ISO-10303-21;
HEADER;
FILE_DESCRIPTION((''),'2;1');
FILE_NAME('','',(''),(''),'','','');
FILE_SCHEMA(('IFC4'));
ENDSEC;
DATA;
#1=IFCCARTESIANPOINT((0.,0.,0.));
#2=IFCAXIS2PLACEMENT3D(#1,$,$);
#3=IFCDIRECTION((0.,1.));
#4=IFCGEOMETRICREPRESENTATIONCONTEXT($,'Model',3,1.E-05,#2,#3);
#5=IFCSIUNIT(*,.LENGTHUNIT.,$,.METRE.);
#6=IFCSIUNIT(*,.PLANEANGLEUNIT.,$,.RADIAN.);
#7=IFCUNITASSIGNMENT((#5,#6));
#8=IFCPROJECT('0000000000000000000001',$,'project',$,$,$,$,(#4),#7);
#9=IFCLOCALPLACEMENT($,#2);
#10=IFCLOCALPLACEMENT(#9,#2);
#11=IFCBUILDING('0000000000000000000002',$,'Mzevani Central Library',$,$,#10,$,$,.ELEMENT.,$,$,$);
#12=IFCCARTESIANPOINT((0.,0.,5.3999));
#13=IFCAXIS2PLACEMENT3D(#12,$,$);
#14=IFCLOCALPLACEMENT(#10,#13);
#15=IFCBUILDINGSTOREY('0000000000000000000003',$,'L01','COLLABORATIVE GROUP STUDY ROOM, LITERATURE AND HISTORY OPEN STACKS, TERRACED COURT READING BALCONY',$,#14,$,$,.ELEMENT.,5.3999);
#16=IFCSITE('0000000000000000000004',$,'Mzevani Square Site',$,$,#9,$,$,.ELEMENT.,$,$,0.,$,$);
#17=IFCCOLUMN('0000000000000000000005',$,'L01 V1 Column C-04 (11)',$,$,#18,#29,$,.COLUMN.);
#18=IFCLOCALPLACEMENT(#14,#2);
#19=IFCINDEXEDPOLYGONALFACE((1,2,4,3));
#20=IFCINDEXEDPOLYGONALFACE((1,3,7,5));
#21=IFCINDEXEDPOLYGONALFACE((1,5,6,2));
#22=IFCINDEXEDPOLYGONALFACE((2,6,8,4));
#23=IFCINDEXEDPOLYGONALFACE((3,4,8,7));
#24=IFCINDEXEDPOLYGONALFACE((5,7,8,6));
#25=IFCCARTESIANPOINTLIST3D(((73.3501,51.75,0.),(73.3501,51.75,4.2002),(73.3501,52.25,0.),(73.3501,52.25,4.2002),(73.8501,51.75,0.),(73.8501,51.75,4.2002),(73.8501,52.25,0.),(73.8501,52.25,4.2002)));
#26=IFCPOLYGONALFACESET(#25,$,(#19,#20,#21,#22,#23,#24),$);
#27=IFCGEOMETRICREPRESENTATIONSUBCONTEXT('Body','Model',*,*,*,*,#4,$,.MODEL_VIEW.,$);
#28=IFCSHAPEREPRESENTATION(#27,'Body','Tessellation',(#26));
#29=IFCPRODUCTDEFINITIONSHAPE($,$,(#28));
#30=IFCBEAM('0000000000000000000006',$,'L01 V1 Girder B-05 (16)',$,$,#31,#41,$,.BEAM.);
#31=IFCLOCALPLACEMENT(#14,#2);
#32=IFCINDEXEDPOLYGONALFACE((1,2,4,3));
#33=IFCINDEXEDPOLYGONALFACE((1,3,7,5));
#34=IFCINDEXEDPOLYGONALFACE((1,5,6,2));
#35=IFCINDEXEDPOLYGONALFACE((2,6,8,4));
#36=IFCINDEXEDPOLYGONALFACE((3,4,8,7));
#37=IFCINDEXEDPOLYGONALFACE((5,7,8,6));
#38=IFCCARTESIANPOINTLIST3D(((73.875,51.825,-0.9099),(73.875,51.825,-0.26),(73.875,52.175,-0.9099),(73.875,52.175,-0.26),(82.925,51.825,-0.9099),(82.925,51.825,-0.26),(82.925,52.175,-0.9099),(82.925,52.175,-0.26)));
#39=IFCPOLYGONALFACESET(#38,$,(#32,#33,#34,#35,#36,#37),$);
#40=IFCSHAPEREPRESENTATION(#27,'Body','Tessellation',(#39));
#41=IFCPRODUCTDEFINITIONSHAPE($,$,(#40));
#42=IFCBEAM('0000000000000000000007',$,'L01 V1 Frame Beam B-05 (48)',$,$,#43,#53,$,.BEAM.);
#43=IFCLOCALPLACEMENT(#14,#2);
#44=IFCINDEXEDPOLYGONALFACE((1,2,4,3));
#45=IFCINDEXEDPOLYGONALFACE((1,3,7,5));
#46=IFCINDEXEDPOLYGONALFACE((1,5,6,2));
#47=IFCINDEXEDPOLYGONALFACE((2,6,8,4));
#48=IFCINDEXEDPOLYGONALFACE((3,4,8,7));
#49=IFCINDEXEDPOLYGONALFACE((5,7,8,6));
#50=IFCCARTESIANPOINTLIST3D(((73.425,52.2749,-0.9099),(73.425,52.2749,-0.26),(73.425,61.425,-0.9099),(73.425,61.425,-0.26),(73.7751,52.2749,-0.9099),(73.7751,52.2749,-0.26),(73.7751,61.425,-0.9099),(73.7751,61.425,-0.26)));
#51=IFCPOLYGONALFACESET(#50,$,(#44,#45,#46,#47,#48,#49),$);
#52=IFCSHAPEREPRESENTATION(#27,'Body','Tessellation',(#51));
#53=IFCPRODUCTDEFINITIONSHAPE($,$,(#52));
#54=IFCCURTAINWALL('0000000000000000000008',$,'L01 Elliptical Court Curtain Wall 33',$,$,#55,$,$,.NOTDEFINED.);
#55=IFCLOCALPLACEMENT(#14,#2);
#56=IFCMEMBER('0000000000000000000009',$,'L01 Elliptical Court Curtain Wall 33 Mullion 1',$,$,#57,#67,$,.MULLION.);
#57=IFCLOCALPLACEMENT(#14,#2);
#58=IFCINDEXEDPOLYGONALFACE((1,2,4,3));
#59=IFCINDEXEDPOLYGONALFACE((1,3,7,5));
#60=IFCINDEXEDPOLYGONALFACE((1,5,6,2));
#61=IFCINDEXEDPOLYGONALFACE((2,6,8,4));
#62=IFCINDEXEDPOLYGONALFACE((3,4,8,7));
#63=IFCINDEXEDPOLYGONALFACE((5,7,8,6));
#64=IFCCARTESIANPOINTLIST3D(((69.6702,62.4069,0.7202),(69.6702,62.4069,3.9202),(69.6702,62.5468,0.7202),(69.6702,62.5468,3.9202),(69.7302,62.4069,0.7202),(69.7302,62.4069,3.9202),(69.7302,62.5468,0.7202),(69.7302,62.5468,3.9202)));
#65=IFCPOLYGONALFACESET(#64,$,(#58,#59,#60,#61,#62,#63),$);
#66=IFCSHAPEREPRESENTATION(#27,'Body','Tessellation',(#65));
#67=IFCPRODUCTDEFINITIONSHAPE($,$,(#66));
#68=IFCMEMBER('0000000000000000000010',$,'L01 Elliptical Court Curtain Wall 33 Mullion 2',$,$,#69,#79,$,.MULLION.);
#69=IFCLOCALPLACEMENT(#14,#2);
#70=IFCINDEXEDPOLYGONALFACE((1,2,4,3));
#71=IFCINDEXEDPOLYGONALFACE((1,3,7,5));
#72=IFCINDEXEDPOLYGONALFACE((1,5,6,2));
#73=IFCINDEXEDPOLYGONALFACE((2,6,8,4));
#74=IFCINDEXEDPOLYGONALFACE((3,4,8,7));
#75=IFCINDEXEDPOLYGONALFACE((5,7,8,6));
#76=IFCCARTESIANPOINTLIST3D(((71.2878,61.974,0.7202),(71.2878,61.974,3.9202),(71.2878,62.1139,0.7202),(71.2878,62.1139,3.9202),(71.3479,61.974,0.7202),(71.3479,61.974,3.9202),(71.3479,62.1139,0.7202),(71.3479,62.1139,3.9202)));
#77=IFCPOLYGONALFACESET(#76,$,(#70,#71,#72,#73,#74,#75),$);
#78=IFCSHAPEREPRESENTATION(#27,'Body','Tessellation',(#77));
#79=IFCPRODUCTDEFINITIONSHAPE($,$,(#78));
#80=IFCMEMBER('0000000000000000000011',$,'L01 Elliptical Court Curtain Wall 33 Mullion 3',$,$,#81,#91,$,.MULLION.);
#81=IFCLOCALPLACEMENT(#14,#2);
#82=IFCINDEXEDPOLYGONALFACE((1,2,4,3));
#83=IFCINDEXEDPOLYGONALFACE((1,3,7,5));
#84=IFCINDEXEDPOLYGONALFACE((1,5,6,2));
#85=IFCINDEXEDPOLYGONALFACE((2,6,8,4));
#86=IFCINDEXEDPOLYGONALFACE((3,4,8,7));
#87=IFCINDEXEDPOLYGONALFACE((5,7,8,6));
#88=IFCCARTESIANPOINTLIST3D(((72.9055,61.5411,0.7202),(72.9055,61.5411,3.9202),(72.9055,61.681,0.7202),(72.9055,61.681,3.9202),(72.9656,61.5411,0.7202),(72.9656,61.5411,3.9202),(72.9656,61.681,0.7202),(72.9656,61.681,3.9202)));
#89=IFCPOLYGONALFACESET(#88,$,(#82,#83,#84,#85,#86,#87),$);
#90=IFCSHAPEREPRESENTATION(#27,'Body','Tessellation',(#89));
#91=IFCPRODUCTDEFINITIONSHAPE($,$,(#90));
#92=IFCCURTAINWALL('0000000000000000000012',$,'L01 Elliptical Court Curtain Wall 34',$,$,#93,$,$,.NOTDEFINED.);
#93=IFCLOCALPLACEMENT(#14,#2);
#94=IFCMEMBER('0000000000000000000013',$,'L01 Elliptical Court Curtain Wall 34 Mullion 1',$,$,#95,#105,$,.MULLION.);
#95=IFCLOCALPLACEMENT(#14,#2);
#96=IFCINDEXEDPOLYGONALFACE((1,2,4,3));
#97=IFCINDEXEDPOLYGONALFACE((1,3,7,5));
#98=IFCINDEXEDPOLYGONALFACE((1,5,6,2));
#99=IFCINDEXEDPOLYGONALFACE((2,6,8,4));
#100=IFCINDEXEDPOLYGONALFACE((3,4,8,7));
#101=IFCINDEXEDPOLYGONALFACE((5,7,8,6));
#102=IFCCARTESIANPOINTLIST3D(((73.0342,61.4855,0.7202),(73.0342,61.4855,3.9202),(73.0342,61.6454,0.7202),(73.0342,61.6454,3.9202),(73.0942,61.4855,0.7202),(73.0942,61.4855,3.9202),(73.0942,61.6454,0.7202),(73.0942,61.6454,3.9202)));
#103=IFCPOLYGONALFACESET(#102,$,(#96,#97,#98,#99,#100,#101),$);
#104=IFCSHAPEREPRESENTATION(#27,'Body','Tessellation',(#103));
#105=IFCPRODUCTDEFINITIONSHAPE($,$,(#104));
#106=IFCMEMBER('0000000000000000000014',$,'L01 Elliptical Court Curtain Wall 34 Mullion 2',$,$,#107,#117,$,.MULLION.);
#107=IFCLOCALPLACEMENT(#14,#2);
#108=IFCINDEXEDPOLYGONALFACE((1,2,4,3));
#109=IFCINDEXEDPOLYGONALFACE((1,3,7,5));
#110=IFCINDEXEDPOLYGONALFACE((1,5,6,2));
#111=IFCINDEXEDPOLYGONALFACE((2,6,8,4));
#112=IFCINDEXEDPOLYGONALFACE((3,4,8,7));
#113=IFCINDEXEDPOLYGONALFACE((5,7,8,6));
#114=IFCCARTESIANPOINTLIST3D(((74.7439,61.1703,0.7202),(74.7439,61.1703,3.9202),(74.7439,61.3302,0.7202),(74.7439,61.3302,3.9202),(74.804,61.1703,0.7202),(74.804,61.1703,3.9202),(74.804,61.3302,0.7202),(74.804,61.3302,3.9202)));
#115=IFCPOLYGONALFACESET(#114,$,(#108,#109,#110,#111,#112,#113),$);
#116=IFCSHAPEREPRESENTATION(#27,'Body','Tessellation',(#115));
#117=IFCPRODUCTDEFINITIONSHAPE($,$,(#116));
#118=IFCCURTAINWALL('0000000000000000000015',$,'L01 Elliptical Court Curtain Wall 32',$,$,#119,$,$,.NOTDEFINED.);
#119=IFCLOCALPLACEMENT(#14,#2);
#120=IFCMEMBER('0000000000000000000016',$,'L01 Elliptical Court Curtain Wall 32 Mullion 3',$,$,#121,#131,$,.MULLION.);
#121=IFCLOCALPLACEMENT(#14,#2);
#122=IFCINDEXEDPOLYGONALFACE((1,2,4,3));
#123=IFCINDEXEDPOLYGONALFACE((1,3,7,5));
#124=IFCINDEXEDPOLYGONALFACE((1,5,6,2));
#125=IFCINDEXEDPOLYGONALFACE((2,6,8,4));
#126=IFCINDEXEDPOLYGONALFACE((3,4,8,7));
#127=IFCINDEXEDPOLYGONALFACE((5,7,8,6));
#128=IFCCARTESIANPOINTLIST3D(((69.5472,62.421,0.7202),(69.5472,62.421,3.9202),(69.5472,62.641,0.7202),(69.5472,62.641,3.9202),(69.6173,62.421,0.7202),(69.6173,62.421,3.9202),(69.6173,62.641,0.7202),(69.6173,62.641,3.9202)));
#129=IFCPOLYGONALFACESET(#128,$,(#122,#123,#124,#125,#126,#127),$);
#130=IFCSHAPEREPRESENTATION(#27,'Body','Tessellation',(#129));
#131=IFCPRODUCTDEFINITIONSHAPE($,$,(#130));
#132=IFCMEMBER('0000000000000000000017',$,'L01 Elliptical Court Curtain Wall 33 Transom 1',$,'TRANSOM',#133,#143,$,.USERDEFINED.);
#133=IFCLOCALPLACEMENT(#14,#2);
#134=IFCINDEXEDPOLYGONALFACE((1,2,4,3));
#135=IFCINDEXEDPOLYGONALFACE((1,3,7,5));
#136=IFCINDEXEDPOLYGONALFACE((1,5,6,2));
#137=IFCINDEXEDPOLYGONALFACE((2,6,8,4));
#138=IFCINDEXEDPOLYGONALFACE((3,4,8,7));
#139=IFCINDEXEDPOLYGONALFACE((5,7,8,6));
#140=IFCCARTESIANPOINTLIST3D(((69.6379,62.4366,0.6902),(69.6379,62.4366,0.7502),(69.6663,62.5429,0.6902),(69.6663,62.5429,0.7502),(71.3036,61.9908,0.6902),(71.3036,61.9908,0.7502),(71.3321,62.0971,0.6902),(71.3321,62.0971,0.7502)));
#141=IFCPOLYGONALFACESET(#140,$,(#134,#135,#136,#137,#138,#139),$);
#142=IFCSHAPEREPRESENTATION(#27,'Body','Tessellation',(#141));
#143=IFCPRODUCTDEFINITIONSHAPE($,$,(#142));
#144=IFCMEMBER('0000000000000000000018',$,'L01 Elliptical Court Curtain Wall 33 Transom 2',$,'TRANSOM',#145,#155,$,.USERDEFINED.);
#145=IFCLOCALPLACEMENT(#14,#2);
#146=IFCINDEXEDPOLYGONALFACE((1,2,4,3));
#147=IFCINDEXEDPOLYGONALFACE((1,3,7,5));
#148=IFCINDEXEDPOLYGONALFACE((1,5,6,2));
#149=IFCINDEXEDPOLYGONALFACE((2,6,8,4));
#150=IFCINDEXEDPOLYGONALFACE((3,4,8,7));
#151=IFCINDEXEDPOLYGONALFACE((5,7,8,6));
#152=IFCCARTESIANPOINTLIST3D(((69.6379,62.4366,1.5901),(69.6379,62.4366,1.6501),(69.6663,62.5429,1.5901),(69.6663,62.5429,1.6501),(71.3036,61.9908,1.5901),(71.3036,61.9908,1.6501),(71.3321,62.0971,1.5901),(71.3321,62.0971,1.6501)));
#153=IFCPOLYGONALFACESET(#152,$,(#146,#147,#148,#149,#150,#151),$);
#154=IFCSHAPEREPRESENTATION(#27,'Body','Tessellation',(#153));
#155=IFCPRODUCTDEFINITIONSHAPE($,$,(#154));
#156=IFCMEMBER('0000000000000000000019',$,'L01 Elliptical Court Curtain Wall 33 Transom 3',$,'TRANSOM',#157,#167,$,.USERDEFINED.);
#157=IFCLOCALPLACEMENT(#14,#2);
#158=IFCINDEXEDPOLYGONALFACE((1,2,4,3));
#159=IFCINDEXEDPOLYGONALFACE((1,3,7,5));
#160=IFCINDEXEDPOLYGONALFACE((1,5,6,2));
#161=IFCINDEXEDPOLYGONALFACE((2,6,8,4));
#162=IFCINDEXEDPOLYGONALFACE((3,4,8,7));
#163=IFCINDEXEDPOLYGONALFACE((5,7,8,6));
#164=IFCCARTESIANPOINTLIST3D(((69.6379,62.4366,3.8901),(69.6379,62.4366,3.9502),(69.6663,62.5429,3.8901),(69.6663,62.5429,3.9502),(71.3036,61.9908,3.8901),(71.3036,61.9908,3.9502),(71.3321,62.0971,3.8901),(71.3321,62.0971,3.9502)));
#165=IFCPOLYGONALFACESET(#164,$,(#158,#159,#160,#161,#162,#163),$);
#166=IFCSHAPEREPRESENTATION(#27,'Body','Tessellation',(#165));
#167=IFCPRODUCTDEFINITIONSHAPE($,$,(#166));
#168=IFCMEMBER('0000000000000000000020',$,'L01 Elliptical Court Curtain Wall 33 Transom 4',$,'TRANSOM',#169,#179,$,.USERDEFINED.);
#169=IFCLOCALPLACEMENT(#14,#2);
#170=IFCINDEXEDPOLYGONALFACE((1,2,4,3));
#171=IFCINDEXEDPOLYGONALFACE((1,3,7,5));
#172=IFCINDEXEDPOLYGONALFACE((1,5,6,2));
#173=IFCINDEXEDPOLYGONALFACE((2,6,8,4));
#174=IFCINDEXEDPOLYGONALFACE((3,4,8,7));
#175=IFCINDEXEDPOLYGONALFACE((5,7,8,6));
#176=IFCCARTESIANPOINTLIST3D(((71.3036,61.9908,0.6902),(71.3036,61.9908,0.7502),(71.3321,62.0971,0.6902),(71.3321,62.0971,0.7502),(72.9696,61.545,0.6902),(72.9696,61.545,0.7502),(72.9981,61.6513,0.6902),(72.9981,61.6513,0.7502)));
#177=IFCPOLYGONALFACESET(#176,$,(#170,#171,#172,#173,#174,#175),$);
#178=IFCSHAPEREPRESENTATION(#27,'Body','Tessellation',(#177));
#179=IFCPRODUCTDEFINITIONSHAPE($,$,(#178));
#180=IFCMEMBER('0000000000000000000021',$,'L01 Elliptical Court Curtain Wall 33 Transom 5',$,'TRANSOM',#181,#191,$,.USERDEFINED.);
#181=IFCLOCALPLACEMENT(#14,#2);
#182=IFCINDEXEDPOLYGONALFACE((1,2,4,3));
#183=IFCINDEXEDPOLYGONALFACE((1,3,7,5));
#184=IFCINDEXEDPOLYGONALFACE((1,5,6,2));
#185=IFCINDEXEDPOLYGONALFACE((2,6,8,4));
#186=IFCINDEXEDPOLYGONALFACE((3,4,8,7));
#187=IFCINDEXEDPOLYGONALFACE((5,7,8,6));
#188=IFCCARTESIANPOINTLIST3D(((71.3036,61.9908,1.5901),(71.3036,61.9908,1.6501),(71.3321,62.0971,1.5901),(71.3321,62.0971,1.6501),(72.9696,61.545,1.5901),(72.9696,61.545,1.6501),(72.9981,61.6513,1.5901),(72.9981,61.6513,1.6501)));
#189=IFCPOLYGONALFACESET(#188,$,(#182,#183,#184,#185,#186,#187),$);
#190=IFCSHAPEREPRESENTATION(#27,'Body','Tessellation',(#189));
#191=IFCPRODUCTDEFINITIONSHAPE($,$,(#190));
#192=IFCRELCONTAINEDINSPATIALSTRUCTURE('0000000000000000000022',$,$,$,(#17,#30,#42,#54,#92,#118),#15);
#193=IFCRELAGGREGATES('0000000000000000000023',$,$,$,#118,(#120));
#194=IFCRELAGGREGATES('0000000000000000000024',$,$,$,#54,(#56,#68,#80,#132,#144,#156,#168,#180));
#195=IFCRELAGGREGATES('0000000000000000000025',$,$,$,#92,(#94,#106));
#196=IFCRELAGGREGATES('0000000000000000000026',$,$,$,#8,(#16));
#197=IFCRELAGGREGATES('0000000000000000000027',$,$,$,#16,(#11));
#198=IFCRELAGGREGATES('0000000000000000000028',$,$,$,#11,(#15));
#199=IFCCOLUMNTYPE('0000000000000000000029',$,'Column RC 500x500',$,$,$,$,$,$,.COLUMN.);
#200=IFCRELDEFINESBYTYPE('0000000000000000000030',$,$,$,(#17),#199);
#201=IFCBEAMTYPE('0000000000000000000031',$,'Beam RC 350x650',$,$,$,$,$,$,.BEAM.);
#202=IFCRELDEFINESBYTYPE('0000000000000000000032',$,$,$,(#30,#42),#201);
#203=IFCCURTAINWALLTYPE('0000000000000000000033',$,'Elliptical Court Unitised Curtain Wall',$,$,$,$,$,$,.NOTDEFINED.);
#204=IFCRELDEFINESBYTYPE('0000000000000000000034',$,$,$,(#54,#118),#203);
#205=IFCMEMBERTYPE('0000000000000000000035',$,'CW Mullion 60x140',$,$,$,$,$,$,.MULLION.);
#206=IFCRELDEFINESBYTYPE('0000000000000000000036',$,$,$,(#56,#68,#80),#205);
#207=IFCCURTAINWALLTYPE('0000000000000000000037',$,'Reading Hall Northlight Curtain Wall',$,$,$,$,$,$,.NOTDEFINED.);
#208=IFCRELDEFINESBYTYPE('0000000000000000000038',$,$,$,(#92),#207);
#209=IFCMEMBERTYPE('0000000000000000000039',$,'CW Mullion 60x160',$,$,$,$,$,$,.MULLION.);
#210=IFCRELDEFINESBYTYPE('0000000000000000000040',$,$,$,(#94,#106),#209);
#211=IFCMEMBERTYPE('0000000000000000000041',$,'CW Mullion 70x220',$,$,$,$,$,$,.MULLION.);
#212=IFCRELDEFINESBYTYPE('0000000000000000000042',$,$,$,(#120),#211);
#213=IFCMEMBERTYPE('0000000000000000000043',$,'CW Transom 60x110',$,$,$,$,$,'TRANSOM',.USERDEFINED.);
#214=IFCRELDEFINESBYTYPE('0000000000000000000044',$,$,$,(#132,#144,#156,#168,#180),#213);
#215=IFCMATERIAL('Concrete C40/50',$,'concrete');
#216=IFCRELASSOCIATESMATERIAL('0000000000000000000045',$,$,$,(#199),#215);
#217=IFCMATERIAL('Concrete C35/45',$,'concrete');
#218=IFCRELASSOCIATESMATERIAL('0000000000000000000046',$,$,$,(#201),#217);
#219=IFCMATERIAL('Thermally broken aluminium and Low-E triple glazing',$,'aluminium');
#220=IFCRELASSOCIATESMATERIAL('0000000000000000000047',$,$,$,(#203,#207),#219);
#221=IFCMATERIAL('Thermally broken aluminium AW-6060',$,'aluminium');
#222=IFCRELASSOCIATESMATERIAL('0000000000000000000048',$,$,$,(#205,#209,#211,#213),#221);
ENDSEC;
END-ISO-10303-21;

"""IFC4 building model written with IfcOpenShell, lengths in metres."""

from ifc_helpers import new_model, si_unit, direction, frame, origin, origin_2d, place, context, subcontext, project, spatial, rectangle, extrude, material, material_profile, profile_set, type_object, element, aggregate, save


model = new_model("IFC4")

# Units and contexts
model_context = context("Model", 3, precision=1e-05, world=origin(), true_north=direction((0.0, 1.0)))
body_context = subcontext(model_context, "Body", "Model", "MODEL_VIEW")
ifc_project = project(units=[si_unit("LENGTHUNIT", "METRE"), si_unit("PLANEANGLEUNIT", "RADIAN")], contexts=[model_context])

# Site, building, storey
site_placement = place(None, origin())
site = spatial("IfcSite", under=ifc_project, at=site_placement, Name="Mzevani Square Site", CompositionType="ELEMENT", RefElevation=0.0)
building_placement = place(site_placement, origin())
building = spatial("IfcBuilding", under=site, at=building_placement, Name="Mzevani Central Library", CompositionType="ELEMENT")
storey_placement = place(building_placement, frame((0.0, 0.0, 5.3999)))
storey = spatial("IfcBuildingStorey", under=building, at=storey_placement, Name="L01", Description="COLLABORATIVE GROUP STUDY ROOM, LITERATURE AND HISTORY OPEN STACKS, TERRACED COURT READING BALCONY", CompositionType="ELEMENT", Elevation=5.3999)

# Column
ifc_material_1 = material(Name="Concrete C40/50", Category="concrete")
ifc_material_profile_1 = material_profile(ifc_material_1, rectangle(XDim=0.5, YDim=0.5, at=origin_2d()), Name="RC 500x500")
ifc_profile_set_1 = profile_set([ifc_material_profile_1], Name="Concrete C40/50")
column_type = type_object("IfcColumnType", Name="Column RC 500x500", PredefinedType="COLUMN", material=ifc_profile_set_1)
column_placement = place(storey_placement, frame((73.6001, 52.0, 0.0), z_axis=(0.0, 0.0, 1.0), x_axis=(1.0, 0.0, 0.0)))
element("IfcColumn", 1, at=column_placement, inside=storey, type_object=column_type, Name="L01 V1 Column C-04 (11)", PredefinedType="COLUMN", context=body_context, shape_type="SweptSolid", body=[
    extrude(rectangle(XDim=0.5, YDim=0.5, at=origin_2d()), origin(), (0.0, 0.0, 1.0), 4.2002),
])

# Beams
ifc_material_2 = material(Name="Concrete C35/45", Category="concrete")
ifc_material_profile_2 = material_profile(ifc_material_2, rectangle(XDim=0.3501, YDim=0.6499, at=origin_2d()), Name="RC B350x650")
ifc_profile_set_2 = profile_set([ifc_material_profile_2], Name="Concrete C35/45")
beam_type = type_object("IfcBeamType", Name="Beam RC 350x650", PredefinedType="BEAM", material=ifc_profile_set_2)
beam_1_placement = place(storey_placement, frame((73.875, 52.0, -0.585), z_axis=(1.0, 0.0, 0.0), x_axis=(0.0, 1.0, 0.0)))
element("IfcBeam", 2, at=beam_1_placement, inside=storey, type_object=beam_type, Name="L01 V1 Girder B-05 (16)", PredefinedType="BEAM", context=body_context, shape_type="SweptSolid", body=[
    extrude(rectangle(XDim=0.3501, YDim=0.6499, at=origin_2d()), origin(), (0.0, 0.0, 1.0), 9.05),
])
beam_2_placement = place(storey_placement, frame((73.6001, 52.2749, -0.585), z_axis=(0.0, 1.0, 0.0), x_axis=(-1.0, 0.0, 0.0)))
element("IfcBeam", 3, at=beam_2_placement, inside=storey, type_object=beam_type, Name="L01 V1 Frame Beam B-05 (48)", PredefinedType="BEAM", context=body_context, shape_type="SweptSolid", body=[
    extrude(rectangle(XDim=0.3501, YDim=0.6499, at=origin_2d()), origin(), (0.0, 0.0, 1.0), 9.1501),
])

# Curtain walls, members
ifc_material_3 = material(Name="Thermally broken aluminium and Low-E triple glazing", Category="aluminium")
curtain_wall_type_1 = type_object("IfcCurtainWallType", Name="Elliptical Court Unitised Curtain Wall", PredefinedType="NOTDEFINED", material=ifc_material_3)
curtain_wall_1_placement = place(storey_placement, origin())
curtain_wall_1 = element("IfcCurtainWall", 4, at=curtain_wall_1_placement, inside=storey, type_object=curtain_wall_type_1, Name="L01 Elliptical Court Curtain Wall 33", PredefinedType="NOTDEFINED")
ifc_material_4 = material(Name="Thermally broken aluminium AW-6060", Category="aluminium")
ifc_material_profile_3 = material_profile(ifc_material_4, rectangle(XDim=0.0601, YDim=0.1399, at=origin_2d()), Name="ALU M60x140")
ifc_profile_set_3 = profile_set([ifc_material_profile_3], Name="Thermally broken aluminium AW-6060")
member_type_1 = type_object("IfcMemberType", Name="CW Mullion 60x140", PredefinedType="MULLION", material=ifc_profile_set_3)
member_1_placement = place(storey_placement, frame((69.7002, 62.4768, 0.7202), z_axis=(0.0, 0.0, 1.0), x_axis=(1.0, 0.0, 0.0)))
member_1 = element("IfcMember", 5, at=member_1_placement, type_object=member_type_1, Name="L01 Elliptical Court Curtain Wall 33 Mullion 1", PredefinedType="MULLION", context=body_context, shape_type="SweptSolid", body=[
    extrude(rectangle(XDim=0.0601, YDim=0.1399, at=origin_2d()), origin(), (0.0, 0.0, 1.0), 3.2),
])
member_2_placement = place(storey_placement, frame((71.3179, 62.0439, 0.7202), z_axis=(0.0, 0.0, 1.0), x_axis=(1.0, 0.0, 0.0)))
member_2 = element("IfcMember", 6, at=member_2_placement, type_object=member_type_1, Name="L01 Elliptical Court Curtain Wall 33 Mullion 2", PredefinedType="MULLION", context=body_context, shape_type="SweptSolid", body=[
    extrude(rectangle(XDim=0.0601, YDim=0.1399, at=origin_2d()), origin(), (0.0, 0.0, 1.0), 3.2),
])
member_3_placement = place(storey_placement, frame((72.9355, 61.6111, 0.7202), z_axis=(0.0, 0.0, 1.0), x_axis=(1.0, 0.0, 0.0)))
member_3 = element("IfcMember", 7, at=member_3_placement, type_object=member_type_1, Name="L01 Elliptical Court Curtain Wall 33 Mullion 3", PredefinedType="MULLION", context=body_context, shape_type="SweptSolid", body=[
    extrude(rectangle(XDim=0.0601, YDim=0.1399, at=origin_2d()), origin(), (0.0, 0.0, 1.0), 3.2),
])
curtain_wall_type_2 = type_object("IfcCurtainWallType", Name="Reading Hall Northlight Curtain Wall", PredefinedType="NOTDEFINED", material=ifc_material_3)
curtain_wall_2_placement = place(storey_placement, origin())
curtain_wall_2 = element("IfcCurtainWall", 8, at=curtain_wall_2_placement, inside=storey, type_object=curtain_wall_type_2, Name="L01 Elliptical Court Curtain Wall 34", PredefinedType="NOTDEFINED")
ifc_material_profile_4 = material_profile(ifc_material_4, rectangle(XDim=0.0601, YDim=0.1599, at=origin_2d()), Name="ALU M60x160")
ifc_profile_set_4 = profile_set([ifc_material_profile_4], Name="Thermally broken aluminium AW-6060")
member_type_2 = type_object("IfcMemberType", Name="CW Mullion 60x160", PredefinedType="MULLION", material=ifc_profile_set_4)
member_4_placement = place(storey_placement, frame((73.0642, 61.5654, 0.7202), z_axis=(0.0, 0.0, 1.0), x_axis=(1.0, 0.0, 0.0)))
member_4 = element("IfcMember", 9, at=member_4_placement, type_object=member_type_2, Name="L01 Elliptical Court Curtain Wall 34 Mullion 1", PredefinedType="MULLION", context=body_context, shape_type="SweptSolid", body=[
    extrude(rectangle(XDim=0.0601, YDim=0.1599, at=origin_2d()), origin(), (0.0, 0.0, 1.0), 3.2),
])
member_5_placement = place(storey_placement, frame((74.7739, 61.2502, 0.7202), z_axis=(0.0, 0.0, 1.0), x_axis=(1.0, 0.0, 0.0)))
member_5 = element("IfcMember", 10, at=member_5_placement, type_object=member_type_2, Name="L01 Elliptical Court Curtain Wall 34 Mullion 2", PredefinedType="MULLION", context=body_context, shape_type="SweptSolid", body=[
    extrude(rectangle(XDim=0.0601, YDim=0.1599, at=origin_2d()), origin(), (0.0, 0.0, 1.0), 3.2),
])

# Curtain wall, member
curtain_wall_3_placement = place(storey_placement, origin())
curtain_wall_3 = element("IfcCurtainWall", 11, at=curtain_wall_3_placement, inside=storey, type_object=curtain_wall_type_1, Name="L01 Elliptical Court Curtain Wall 32", PredefinedType="NOTDEFINED")
ifc_material_profile_5 = material_profile(ifc_material_4, rectangle(XDim=0.0701, YDim=0.22, at=origin_2d()), Name="ALU M70x220")
ifc_profile_set_5 = profile_set([ifc_material_profile_5], Name="Thermally broken aluminium AW-6060")
member_type_3 = type_object("IfcMemberType", Name="CW Mullion 70x220", PredefinedType="MULLION", material=ifc_profile_set_5)
member_6_placement = place(storey_placement, frame((69.5823, 62.531, 0.7202), z_axis=(0.0, 0.0, 1.0), x_axis=(1.0, 0.0, 0.0)))
member_6 = element("IfcMember", 12, at=member_6_placement, type_object=member_type_3, Name="L01 Elliptical Court Curtain Wall 32 Mullion 3", PredefinedType="MULLION", context=body_context, shape_type="SweptSolid", body=[
    extrude(rectangle(XDim=0.0701, YDim=0.22, at=origin_2d()), origin(), (0.0, 0.0, 1.0), 3.2),
])
aggregate(curtain_wall_3, [member_6])

# Members
ifc_material_profile_6 = material_profile(ifc_material_4, rectangle(XDim=0.1101, YDim=0.0601, at=origin_2d()), Name="ALU T60x110")
ifc_profile_set_6 = profile_set([ifc_material_profile_6], Name="Thermally broken aluminium AW-6060")
member_type_4 = type_object("IfcMemberType", Name="CW Transom 60x110", ElementType="TRANSOM", PredefinedType="USERDEFINED", material=ifc_profile_set_6)
member_7_placement = place(storey_placement, frame((69.6521, 62.4897, 0.7202), z_axis=(0.966004, -0.258526, 0.0), x_axis=(0.258526, 0.966004, 0.0)))
member_7 = element("IfcMember", 13, at=member_7_placement, type_object=member_type_4, Name="L01 Elliptical Court Curtain Wall 33 Transom 1", ObjectType="TRANSOM", PredefinedType="USERDEFINED", context=body_context, shape_type="SweptSolid", body=[
    extrude(rectangle(XDim=0.1101, YDim=0.0601, at=origin_2d()), origin(), (0.0, 0.0, 1.0), 1.7244),
])
member_8_placement = place(storey_placement, frame((69.6521, 62.4897, 1.6201), z_axis=(0.966004, -0.258526, 0.0), x_axis=(0.258526, 0.966004, 0.0)))
member_8 = element("IfcMember", 14, at=member_8_placement, type_object=member_type_4, Name="L01 Elliptical Court Curtain Wall 33 Transom 2", ObjectType="TRANSOM", PredefinedType="USERDEFINED", context=body_context, shape_type="SweptSolid", body=[
    extrude(rectangle(XDim=0.1101, YDim=0.0601, at=origin_2d()), origin(), (0.0, 0.0, 1.0), 1.7244),
])
member_9_placement = place(storey_placement, frame((69.6521, 62.4897, 3.9202), z_axis=(0.966004, -0.258526, 0.0), x_axis=(0.258526, 0.966004, 0.0)))
member_9 = element("IfcMember", 15, at=member_9_placement, type_object=member_type_4, Name="L01 Elliptical Court Curtain Wall 33 Transom 3", ObjectType="TRANSOM", PredefinedType="USERDEFINED", context=body_context, shape_type="SweptSolid", body=[
    extrude(rectangle(XDim=0.1101, YDim=0.0601, at=origin_2d()), origin(), (0.0, 0.0, 1.0), 1.7244),
])
member_10_placement = place(storey_placement, frame((71.3179, 62.0439, 0.7202), z_axis=(0.966014, -0.258491, 0.0), x_axis=(0.258491, 0.966014, 0.0)))
member_10 = element("IfcMember", 16, at=member_10_placement, type_object=member_type_4, Name="L01 Elliptical Court Curtain Wall 33 Transom 4", ObjectType="TRANSOM", PredefinedType="USERDEFINED", context=body_context, shape_type="SweptSolid", body=[
    extrude(rectangle(XDim=0.1101, YDim=0.0601, at=origin_2d()), origin(), (0.0, 0.0, 1.0), 1.7246),
])
member_11_placement = place(storey_placement, frame((71.3179, 62.0439, 1.6201), z_axis=(0.966014, -0.258491, 0.0), x_axis=(0.258491, 0.966014, 0.0)))
member_11 = element("IfcMember", 17, at=member_11_placement, type_object=member_type_4, Name="L01 Elliptical Court Curtain Wall 33 Transom 5", ObjectType="TRANSOM", PredefinedType="USERDEFINED", context=body_context, shape_type="SweptSolid", body=[
    extrude(rectangle(XDim=0.1101, YDim=0.0601, at=origin_2d()), origin(), (0.0, 0.0, 1.0), 1.7246),
])

aggregate(curtain_wall_1, [member_1, member_2, member_3, member_7, member_8, member_9, member_10, member_11])
aggregate(curtain_wall_2, [member_4, member_5])

save(model, "model.ifc")
